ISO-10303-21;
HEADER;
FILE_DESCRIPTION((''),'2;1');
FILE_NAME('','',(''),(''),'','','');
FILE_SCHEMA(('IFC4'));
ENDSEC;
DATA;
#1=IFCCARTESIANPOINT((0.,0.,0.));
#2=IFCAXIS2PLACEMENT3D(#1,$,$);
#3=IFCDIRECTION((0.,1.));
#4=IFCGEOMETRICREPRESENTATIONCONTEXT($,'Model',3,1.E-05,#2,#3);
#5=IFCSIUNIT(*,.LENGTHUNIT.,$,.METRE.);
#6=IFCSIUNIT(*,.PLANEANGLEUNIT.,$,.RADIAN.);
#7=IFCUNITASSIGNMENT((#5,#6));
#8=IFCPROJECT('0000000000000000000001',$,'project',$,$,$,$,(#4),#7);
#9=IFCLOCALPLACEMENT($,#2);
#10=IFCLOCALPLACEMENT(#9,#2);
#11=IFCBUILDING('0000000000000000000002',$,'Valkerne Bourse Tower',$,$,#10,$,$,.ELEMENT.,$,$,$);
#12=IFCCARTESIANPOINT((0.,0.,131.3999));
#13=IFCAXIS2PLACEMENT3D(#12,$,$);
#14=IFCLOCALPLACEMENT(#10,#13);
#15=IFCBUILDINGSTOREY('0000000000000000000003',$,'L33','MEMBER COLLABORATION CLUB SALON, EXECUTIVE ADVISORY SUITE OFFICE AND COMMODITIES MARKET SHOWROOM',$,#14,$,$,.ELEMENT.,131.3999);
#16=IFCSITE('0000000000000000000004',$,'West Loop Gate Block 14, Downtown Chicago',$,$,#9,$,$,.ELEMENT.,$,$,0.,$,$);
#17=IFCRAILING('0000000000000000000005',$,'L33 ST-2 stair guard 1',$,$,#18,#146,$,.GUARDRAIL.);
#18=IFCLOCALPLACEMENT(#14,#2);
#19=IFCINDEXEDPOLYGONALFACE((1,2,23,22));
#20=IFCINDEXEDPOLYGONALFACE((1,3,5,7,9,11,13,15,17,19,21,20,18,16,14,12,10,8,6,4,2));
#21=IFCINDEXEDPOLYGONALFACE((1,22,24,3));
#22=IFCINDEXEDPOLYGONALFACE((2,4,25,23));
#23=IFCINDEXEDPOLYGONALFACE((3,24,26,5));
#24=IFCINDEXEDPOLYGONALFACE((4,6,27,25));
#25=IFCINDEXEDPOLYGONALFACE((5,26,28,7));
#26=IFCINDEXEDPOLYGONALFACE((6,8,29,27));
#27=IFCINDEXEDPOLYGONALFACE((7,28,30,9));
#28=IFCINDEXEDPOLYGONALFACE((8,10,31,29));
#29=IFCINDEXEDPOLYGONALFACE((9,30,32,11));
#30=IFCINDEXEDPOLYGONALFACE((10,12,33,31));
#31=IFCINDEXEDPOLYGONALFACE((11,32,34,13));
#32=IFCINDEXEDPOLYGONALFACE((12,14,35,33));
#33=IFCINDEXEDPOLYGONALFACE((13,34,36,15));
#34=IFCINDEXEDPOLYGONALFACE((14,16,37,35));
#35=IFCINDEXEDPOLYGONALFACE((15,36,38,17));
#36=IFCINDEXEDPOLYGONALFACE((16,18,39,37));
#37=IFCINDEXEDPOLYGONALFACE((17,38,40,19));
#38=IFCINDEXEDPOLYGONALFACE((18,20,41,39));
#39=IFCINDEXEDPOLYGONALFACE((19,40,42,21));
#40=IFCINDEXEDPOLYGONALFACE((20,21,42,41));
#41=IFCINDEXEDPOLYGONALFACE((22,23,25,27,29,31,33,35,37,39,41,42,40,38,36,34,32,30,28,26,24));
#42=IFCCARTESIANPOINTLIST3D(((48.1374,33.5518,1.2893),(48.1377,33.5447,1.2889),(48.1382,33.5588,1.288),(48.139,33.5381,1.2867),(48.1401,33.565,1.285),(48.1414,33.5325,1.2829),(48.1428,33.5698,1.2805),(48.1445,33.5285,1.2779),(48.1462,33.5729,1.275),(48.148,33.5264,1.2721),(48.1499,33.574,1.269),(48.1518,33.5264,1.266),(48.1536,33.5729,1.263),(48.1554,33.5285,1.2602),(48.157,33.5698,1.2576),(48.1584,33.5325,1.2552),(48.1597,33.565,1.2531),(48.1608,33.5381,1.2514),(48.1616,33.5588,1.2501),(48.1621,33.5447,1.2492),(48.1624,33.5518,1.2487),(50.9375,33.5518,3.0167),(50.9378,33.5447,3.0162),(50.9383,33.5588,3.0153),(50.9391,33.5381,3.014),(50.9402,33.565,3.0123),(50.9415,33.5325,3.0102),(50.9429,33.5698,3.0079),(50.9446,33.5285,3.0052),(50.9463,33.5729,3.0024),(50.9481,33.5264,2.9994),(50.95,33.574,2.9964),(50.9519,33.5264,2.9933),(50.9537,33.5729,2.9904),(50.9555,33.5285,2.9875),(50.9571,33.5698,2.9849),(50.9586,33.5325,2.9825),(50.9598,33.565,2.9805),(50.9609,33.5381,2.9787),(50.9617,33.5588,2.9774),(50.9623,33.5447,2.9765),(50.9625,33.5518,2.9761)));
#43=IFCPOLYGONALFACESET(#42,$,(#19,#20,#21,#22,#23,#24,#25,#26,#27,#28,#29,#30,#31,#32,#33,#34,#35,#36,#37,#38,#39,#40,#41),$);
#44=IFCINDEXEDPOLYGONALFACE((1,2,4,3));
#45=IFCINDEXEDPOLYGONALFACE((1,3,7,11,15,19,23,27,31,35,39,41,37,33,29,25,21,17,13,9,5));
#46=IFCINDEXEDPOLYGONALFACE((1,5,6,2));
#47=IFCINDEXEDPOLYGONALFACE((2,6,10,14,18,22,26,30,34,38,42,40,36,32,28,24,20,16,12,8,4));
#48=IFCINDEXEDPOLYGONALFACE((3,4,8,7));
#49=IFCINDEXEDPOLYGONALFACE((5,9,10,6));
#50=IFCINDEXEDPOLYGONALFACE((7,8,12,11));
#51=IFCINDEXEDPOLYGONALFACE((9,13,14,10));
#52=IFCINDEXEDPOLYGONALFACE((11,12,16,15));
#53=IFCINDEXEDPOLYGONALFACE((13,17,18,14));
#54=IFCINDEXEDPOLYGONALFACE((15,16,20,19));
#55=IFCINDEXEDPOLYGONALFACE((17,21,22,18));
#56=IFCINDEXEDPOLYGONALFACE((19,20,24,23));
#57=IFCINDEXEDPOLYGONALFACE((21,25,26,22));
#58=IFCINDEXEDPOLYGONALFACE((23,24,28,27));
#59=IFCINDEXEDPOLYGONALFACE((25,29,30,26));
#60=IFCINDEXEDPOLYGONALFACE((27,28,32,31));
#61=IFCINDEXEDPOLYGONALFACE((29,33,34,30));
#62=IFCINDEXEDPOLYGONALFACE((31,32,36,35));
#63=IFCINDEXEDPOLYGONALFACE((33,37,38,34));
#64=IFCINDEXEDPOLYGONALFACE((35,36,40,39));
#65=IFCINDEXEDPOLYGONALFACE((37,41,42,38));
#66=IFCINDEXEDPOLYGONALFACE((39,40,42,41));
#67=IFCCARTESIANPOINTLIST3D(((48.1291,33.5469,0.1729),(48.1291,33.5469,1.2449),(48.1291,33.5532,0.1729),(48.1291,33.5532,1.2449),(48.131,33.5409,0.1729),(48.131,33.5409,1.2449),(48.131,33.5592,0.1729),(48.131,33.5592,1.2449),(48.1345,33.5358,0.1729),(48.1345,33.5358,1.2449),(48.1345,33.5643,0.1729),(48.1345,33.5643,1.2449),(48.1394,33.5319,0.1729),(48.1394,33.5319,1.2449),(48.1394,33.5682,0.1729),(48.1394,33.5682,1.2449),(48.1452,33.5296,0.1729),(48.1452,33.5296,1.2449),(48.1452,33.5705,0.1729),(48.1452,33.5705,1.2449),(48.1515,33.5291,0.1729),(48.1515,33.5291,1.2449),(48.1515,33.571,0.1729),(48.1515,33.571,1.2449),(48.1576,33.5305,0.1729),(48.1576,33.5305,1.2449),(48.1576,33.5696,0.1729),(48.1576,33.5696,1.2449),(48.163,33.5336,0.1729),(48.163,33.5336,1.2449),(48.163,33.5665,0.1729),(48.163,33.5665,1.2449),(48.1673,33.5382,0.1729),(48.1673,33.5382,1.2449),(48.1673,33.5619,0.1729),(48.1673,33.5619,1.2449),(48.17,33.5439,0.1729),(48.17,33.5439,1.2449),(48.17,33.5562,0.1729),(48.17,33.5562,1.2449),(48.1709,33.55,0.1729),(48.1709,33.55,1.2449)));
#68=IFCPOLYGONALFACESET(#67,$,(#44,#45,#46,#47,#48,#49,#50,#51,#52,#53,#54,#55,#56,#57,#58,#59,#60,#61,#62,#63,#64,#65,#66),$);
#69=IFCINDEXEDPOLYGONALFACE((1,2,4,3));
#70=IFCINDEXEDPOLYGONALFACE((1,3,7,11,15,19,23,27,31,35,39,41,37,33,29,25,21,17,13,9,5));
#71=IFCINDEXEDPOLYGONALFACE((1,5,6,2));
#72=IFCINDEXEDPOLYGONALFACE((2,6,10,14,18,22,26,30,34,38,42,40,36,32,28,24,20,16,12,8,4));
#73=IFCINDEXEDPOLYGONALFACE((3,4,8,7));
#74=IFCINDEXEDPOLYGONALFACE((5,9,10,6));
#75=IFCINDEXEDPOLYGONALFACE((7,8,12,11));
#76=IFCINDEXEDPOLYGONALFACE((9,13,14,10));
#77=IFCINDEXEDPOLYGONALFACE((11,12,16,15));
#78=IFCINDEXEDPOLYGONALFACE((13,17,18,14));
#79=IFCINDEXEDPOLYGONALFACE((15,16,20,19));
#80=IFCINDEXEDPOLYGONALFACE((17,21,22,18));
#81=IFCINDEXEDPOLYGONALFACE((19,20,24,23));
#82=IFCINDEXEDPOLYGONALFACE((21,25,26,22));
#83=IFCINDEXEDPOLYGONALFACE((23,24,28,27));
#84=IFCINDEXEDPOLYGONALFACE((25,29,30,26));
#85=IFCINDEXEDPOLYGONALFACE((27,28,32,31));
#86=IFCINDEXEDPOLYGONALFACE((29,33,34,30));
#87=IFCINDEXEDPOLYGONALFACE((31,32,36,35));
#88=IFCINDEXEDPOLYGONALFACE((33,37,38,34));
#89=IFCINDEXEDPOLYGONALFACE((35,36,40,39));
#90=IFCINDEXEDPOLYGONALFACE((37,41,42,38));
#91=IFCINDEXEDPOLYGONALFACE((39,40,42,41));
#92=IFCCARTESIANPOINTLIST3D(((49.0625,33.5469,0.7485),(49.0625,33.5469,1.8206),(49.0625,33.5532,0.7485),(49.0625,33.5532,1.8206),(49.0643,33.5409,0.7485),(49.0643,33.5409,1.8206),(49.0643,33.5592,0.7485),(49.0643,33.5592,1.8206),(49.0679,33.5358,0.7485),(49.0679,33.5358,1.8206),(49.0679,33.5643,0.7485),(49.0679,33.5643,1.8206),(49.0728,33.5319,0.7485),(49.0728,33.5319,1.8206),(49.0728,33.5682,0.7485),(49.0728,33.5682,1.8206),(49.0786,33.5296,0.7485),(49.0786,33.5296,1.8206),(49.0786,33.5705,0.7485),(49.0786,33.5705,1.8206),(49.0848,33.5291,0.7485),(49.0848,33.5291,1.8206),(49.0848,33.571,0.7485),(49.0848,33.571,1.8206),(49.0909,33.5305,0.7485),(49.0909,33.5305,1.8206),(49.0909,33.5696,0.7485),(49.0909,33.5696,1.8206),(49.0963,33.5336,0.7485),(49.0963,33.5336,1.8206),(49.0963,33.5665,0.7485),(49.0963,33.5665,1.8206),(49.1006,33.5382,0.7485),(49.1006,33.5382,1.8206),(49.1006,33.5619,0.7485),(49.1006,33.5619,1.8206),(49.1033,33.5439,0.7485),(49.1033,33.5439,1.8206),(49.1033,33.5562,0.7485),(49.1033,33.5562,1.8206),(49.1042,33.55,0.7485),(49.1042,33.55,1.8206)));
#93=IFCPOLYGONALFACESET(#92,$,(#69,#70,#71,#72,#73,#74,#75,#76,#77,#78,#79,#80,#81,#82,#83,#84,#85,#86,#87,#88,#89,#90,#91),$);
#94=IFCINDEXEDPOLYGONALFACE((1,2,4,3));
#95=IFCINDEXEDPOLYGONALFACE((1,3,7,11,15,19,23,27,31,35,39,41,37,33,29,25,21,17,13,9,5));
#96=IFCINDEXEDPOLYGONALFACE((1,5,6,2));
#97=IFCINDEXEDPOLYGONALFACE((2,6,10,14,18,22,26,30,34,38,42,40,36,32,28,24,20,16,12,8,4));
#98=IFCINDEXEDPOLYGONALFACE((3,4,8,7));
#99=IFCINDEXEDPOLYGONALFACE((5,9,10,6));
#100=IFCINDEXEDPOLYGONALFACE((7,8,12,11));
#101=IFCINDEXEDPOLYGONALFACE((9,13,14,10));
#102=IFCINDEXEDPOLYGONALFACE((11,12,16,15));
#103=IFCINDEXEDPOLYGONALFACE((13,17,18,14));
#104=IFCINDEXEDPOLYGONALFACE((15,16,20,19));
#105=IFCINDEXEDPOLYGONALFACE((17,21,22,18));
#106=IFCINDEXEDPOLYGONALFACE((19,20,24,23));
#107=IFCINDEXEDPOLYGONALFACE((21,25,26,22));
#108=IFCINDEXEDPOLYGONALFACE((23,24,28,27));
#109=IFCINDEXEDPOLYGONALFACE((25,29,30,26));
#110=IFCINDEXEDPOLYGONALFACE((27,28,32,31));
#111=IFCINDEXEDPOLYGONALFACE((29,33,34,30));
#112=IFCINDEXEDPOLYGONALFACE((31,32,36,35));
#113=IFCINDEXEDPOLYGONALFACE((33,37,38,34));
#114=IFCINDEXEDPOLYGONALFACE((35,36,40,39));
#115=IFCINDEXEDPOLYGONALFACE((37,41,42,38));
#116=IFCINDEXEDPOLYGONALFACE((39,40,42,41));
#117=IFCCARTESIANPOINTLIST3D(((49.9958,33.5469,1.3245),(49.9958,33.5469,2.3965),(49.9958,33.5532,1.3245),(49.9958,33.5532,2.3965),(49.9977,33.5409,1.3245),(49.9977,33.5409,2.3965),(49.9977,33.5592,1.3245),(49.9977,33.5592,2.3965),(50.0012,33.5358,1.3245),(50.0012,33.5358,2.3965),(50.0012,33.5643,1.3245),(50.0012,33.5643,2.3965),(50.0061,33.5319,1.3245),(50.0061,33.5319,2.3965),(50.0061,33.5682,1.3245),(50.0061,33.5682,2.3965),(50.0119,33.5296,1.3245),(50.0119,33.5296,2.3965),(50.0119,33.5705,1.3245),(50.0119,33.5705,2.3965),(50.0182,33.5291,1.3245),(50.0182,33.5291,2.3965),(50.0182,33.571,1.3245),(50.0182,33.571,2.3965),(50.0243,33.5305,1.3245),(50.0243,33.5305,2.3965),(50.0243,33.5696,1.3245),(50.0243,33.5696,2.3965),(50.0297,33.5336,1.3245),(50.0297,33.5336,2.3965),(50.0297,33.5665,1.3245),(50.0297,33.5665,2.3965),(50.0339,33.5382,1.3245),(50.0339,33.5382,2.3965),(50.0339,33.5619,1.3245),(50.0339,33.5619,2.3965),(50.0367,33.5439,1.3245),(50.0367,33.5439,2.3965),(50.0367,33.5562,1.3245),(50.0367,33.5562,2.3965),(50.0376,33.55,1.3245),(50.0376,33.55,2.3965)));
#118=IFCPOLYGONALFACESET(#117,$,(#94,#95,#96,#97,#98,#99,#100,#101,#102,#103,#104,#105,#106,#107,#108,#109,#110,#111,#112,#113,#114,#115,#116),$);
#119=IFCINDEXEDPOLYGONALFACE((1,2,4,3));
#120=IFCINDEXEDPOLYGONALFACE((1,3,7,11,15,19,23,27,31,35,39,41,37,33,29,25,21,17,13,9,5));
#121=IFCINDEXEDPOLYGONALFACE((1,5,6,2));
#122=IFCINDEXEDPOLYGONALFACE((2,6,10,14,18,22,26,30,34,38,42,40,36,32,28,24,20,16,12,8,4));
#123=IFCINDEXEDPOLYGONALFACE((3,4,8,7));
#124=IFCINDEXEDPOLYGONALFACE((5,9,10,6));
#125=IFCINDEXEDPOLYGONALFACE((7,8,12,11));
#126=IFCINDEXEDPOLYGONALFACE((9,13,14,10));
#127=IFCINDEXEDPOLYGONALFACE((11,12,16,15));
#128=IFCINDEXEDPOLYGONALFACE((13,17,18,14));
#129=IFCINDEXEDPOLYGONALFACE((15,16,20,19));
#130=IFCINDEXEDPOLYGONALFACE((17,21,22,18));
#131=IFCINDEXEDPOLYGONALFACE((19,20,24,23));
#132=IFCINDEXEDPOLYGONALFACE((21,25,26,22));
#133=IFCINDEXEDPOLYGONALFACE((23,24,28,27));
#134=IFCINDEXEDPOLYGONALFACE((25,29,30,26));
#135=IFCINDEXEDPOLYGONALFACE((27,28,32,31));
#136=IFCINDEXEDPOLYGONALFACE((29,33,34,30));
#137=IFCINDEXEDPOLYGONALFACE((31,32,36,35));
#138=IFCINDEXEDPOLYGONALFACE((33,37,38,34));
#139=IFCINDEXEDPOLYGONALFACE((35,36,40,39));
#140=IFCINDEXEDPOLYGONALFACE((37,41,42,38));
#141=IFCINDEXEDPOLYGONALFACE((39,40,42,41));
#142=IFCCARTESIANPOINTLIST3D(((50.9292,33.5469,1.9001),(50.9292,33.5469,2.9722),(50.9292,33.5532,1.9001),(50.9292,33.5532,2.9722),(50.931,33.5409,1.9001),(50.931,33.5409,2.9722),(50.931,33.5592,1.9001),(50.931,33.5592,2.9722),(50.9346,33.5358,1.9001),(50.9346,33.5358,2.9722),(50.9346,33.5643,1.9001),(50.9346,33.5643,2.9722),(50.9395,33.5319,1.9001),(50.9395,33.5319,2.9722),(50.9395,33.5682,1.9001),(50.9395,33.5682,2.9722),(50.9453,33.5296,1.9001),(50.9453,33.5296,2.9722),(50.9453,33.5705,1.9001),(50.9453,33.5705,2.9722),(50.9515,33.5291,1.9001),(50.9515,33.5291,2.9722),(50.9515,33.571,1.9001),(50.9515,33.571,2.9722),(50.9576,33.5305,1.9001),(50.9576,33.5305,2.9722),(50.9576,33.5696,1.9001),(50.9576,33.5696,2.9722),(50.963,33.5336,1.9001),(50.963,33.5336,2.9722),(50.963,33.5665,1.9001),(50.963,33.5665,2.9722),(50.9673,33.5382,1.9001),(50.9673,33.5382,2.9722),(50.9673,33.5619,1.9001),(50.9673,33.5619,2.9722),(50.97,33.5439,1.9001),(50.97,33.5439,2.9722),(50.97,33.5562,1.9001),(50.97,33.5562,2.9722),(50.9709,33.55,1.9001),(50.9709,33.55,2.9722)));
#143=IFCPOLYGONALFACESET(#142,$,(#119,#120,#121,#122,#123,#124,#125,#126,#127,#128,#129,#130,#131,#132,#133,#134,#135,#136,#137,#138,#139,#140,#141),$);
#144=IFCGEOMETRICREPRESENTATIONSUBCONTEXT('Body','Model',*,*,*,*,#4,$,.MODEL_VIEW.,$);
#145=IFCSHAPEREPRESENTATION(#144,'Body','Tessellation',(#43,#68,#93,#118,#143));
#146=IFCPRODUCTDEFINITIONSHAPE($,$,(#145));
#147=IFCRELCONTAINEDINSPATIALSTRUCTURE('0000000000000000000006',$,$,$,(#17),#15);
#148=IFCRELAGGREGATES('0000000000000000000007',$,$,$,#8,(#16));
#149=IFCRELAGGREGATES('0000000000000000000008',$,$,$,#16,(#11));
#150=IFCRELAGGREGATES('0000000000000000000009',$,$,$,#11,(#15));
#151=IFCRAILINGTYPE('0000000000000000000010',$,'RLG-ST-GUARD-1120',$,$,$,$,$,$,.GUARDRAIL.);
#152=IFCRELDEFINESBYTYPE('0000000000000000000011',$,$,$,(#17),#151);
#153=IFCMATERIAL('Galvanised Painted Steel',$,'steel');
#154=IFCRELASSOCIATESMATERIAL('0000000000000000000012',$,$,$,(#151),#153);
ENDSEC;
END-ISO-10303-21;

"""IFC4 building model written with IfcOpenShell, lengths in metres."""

from ifc_helpers import new_model, si_unit, direction, frame, origin, origin_2d, place, context, subcontext, project, spatial, circle, extrude, material, type_object, element, save


model = new_model("IFC4")

# Units and contexts
model_context = context("Model", 3, precision=1e-05, world=origin(), true_north=direction((0.0, 1.0)))
body_context = subcontext(model_context, "Body", "Model", "MODEL_VIEW")
ifc_project = project(units=[si_unit("LENGTHUNIT", "METRE"), si_unit("PLANEANGLEUNIT", "RADIAN")], contexts=[model_context])

# Site, building, storey
site_placement = place(None, origin())
site = spatial("IfcSite", under=ifc_project, at=site_placement, Name="West Loop Gate Block 14, Downtown Chicago", CompositionType="ELEMENT", RefElevation=0.0)
building_placement = place(site_placement, origin())
building = spatial("IfcBuilding", under=site, at=building_placement, Name="Valkerne Bourse Tower", CompositionType="ELEMENT")
storey_placement = place(building_placement, frame((0.0, 0.0, 131.3999)))
storey = spatial("IfcBuildingStorey", under=building, at=storey_placement, Name="L33", Description="MEMBER COLLABORATION CLUB SALON, EXECUTIVE ADVISORY SUITE OFFICE AND COMMODITIES MARKET SHOWROOM", CompositionType="ELEMENT", Elevation=131.3999)

# Shared definitions
ifc_material_1 = material(Name="Galvanised Painted Steel", Category="steel")

# Railing
railing_type_1 = type_object("IfcRailingType", Name="RLG-ST-GUARD-1120", PredefinedType="GUARDRAIL", material=ifc_material_1)
railing_1_placement = place(storey_placement, frame((48.1499, 33.55, 0.1729)))
element("IfcRailing", 1, at=railing_1_placement, inside=storey, type_object=railing_type_1, Name="L33 ST-2 stair guard 1", PredefinedType="GUARDRAIL", context=body_context, shape_type="SweptSolid", body=[
    extrude(circle(Radius=0.0239, at=origin_2d()), frame((0.0, 0.0, 1.0962), z_axis=(0.85109, 0.0, 0.52502), x_axis=(0.0, 1.0, 0.0)), (0.0, 0.0, 1.0), 3.29),
    extrude(circle(Radius=0.021, at=origin_2d()), origin(), (0.0, 0.0, 1.0), 1.072),
    extrude(circle(Radius=0.021, at=origin_2d()), frame((0.9333, 0.0, 0.5757)), (0.0, 0.0, 1.0), 1.072),
    extrude(circle(Radius=0.021, at=origin_2d()), frame((1.8667, 0.0, 1.1516)), (0.0, 0.0, 1.0), 1.072),
    extrude(circle(Radius=0.021, at=origin_2d()), frame((2.8, 0.0, 1.7273)), (0.0, 0.0, 1.0), 1.072),
])

save(model, "model.ifc")
